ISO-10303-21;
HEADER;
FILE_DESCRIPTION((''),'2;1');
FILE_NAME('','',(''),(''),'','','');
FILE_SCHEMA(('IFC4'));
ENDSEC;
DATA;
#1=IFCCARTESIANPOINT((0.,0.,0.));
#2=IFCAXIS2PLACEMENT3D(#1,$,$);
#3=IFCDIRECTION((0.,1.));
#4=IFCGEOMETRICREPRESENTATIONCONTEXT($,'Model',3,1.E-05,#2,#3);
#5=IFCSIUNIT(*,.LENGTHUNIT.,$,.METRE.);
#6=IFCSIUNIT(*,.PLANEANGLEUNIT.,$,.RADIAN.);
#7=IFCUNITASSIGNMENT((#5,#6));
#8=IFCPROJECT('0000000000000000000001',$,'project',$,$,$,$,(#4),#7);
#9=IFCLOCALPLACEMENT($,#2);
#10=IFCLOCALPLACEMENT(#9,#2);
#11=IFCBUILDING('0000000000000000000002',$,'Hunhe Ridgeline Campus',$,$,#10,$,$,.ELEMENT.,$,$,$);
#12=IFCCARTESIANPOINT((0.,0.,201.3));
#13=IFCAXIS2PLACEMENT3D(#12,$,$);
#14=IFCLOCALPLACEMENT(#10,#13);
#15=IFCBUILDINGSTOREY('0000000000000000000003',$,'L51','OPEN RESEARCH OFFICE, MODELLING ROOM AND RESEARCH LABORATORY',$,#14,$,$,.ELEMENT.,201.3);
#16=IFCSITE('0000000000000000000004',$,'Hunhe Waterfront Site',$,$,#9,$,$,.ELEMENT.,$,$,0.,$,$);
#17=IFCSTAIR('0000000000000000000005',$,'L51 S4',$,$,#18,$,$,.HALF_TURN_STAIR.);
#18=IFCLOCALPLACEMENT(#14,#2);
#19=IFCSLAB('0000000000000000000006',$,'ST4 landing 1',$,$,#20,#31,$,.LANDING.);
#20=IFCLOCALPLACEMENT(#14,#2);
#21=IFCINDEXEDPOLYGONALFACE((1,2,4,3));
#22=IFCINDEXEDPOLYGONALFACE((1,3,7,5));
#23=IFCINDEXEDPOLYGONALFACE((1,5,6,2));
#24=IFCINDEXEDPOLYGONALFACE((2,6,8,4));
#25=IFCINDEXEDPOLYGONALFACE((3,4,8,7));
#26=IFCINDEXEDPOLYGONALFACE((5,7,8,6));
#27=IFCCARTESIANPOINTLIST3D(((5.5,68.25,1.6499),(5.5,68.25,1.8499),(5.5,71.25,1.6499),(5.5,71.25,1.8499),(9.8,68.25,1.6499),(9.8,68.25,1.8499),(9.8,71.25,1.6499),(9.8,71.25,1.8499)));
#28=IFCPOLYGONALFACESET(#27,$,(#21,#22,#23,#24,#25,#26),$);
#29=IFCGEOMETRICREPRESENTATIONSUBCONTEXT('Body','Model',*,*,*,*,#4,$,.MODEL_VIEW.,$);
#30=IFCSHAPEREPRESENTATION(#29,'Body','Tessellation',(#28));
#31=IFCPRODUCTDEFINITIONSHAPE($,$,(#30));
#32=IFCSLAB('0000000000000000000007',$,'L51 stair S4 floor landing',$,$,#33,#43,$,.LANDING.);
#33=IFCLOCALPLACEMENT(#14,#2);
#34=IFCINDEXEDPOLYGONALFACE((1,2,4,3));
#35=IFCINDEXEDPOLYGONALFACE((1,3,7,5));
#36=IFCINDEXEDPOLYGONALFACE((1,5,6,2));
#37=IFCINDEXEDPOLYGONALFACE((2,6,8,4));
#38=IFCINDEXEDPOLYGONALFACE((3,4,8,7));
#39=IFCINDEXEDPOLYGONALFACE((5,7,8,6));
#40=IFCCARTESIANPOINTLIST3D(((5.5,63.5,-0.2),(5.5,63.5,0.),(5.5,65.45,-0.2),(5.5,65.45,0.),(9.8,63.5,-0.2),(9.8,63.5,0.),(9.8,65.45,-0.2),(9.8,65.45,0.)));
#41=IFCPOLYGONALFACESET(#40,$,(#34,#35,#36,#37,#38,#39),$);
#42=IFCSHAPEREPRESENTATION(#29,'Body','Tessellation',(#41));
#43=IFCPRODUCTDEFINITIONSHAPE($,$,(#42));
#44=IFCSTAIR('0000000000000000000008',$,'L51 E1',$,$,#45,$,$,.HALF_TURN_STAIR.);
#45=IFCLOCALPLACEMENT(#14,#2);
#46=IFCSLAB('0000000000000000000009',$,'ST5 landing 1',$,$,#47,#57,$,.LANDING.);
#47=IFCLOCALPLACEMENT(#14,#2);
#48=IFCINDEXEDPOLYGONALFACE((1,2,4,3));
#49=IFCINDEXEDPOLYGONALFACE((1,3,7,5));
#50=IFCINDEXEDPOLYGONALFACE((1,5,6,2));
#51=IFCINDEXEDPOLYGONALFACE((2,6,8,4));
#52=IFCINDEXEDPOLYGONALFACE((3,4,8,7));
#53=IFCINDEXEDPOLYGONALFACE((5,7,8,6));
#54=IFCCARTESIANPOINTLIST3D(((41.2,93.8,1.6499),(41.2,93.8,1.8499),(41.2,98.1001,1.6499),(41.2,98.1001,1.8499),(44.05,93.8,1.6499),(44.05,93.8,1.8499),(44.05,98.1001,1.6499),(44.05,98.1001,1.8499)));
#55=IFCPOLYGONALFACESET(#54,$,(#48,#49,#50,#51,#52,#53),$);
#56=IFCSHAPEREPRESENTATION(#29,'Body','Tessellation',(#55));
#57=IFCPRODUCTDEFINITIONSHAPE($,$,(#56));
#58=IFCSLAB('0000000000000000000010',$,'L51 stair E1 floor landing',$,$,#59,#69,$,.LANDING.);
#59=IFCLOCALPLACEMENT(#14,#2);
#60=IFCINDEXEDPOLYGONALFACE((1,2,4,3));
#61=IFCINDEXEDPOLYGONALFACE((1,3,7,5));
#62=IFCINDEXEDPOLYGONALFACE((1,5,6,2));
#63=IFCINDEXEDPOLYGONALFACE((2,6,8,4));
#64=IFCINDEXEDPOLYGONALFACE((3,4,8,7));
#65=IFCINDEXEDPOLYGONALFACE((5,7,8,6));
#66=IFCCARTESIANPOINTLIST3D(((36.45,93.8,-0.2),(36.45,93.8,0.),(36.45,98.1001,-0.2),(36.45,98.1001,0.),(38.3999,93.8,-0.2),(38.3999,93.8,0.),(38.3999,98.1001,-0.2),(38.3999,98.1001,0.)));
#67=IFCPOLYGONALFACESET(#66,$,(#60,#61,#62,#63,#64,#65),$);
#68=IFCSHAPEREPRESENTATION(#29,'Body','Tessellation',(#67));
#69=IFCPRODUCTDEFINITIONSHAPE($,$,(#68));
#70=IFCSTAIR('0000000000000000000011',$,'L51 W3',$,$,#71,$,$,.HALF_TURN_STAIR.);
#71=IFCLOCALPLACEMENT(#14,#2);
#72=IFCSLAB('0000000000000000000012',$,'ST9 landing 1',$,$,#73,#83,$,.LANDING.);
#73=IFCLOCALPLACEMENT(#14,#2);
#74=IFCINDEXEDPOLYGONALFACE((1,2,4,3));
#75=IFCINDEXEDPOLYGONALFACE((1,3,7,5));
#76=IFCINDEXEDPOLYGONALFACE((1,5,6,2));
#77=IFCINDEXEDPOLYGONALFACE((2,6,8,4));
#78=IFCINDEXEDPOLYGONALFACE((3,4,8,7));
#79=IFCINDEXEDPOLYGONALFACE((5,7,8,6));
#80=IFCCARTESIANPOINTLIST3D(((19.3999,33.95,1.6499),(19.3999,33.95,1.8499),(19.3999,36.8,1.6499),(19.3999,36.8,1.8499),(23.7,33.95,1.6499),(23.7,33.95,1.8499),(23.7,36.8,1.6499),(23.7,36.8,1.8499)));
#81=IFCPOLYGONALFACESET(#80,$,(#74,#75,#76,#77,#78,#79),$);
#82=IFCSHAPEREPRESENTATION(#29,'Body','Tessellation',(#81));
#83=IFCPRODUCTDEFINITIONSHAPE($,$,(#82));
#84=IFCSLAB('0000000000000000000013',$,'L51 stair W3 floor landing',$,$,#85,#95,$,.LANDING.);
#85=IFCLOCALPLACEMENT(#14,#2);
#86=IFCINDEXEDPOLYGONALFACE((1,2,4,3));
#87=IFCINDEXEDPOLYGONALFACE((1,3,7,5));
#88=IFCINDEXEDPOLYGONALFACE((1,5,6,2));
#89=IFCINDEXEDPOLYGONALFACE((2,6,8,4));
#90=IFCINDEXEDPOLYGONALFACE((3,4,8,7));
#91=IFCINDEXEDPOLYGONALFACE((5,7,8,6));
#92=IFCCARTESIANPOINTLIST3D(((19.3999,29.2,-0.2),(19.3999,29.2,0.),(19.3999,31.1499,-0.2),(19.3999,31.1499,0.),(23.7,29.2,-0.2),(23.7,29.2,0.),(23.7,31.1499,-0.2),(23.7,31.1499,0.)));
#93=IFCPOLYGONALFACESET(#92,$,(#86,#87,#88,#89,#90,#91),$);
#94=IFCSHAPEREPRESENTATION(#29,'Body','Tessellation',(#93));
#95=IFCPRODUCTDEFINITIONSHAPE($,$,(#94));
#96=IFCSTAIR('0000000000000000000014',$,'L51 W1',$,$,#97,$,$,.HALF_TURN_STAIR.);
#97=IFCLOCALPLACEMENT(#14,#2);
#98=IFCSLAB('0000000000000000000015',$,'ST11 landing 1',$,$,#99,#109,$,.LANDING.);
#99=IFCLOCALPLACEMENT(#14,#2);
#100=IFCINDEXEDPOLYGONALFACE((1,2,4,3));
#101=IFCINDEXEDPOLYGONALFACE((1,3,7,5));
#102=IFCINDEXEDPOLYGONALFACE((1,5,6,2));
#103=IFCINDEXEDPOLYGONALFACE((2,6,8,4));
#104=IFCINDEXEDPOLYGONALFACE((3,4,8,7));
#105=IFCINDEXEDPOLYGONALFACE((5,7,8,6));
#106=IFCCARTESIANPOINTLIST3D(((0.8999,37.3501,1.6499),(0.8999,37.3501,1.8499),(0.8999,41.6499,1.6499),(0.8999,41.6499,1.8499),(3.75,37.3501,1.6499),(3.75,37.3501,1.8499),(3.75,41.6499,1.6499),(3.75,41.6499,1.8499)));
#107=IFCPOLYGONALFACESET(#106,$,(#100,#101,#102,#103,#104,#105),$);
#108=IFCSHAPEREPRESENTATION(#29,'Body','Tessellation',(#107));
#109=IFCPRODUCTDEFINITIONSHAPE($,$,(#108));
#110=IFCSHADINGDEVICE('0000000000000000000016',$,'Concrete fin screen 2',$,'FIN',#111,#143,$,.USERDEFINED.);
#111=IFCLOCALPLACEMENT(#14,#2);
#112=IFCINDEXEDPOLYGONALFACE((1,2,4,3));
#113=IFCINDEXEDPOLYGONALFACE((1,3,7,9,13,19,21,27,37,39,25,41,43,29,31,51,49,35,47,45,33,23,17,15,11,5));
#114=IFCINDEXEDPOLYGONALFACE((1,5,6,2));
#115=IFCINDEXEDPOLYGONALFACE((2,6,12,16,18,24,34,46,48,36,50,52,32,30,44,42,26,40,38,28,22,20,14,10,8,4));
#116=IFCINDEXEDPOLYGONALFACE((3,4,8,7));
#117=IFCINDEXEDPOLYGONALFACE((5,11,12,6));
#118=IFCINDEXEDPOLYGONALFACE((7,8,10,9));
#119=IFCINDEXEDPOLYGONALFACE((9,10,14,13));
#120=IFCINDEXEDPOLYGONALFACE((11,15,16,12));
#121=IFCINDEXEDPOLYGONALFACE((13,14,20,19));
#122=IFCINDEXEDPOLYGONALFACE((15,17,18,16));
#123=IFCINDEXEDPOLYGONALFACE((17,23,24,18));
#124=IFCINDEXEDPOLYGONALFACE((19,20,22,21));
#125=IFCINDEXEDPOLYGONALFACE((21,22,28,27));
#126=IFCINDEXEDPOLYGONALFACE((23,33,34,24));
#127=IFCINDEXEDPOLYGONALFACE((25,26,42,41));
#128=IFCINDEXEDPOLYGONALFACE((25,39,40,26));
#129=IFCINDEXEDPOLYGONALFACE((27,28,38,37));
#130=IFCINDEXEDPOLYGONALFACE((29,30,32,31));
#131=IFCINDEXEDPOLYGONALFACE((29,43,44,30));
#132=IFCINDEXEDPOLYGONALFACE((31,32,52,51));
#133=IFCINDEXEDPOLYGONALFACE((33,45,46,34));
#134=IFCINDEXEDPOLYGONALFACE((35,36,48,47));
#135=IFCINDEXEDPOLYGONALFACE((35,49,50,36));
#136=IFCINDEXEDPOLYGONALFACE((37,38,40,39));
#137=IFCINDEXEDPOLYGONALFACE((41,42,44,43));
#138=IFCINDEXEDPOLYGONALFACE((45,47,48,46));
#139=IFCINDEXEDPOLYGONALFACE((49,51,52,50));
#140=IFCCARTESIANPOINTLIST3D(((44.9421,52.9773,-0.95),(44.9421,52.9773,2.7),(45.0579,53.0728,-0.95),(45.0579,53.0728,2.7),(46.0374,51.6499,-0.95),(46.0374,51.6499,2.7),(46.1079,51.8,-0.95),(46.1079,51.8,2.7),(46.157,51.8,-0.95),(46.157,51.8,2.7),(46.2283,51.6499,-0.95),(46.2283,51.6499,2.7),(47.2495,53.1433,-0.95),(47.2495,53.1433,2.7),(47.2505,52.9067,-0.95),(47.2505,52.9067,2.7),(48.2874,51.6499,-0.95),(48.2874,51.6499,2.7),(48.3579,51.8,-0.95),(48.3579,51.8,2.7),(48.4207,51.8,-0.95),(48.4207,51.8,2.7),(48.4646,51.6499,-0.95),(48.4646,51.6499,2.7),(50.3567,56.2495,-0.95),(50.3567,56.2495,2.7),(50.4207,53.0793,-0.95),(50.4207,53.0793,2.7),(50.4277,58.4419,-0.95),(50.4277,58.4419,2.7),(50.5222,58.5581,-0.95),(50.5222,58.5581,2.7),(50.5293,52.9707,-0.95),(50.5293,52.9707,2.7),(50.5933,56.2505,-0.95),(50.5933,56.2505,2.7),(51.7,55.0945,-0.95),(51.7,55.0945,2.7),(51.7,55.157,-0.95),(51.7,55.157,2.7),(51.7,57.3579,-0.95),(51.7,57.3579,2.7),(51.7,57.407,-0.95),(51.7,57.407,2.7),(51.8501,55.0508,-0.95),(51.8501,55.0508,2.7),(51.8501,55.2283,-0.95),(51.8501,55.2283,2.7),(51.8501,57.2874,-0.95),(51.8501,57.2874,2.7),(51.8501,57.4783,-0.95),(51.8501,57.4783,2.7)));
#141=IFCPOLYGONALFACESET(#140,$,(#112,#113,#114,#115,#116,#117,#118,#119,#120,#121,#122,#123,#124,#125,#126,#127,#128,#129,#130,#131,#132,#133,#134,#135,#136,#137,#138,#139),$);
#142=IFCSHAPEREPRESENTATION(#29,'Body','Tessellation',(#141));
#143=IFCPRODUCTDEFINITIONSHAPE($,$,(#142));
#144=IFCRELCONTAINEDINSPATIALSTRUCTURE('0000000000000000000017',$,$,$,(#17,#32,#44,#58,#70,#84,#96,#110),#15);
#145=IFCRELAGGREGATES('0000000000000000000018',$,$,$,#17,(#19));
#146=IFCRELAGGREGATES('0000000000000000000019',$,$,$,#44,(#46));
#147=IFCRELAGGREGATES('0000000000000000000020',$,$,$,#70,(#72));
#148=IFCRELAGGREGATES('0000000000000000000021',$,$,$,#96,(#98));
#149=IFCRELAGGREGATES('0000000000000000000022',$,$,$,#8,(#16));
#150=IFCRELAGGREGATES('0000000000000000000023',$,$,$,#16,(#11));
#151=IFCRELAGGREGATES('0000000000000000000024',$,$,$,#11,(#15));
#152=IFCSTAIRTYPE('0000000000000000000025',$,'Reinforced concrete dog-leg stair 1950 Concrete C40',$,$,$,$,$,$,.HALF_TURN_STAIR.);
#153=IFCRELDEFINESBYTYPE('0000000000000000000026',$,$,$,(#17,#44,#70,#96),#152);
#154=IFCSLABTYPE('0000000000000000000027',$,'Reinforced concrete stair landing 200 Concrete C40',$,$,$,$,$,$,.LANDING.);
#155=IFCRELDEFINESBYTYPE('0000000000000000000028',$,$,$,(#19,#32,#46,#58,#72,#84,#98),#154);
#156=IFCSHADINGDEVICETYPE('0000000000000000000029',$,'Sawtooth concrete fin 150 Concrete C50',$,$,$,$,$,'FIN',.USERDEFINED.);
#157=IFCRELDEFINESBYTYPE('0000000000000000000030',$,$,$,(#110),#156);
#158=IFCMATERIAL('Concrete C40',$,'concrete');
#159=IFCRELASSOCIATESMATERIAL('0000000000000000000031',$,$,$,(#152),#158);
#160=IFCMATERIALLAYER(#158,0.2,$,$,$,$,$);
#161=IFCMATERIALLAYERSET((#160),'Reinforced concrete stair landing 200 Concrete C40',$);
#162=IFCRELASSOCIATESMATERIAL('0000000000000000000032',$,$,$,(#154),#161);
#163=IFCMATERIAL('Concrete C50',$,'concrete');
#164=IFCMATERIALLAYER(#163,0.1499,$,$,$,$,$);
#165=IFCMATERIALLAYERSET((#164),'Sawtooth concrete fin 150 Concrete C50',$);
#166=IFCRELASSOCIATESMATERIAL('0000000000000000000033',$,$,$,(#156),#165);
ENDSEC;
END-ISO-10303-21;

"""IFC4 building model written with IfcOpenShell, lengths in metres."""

from ifc_helpers import new_model, si_unit, direction, frame, origin, place, context, subcontext, project, spatial, polyline, outline, extrude, material, layer, layer_set, type_object, element, aggregate, save


model = new_model("IFC4")

# Units and contexts
model_context = context("Model", 3, precision=1e-05, world=origin(), true_north=direction((0.0, 1.0)))
body_context = subcontext(model_context, "Body", "Model", "MODEL_VIEW")
ifc_project = project(units=[si_unit("LENGTHUNIT", "METRE"), si_unit("PLANEANGLEUNIT", "RADIAN")], contexts=[model_context])

# Site, building, storey
site_placement = place(None, origin())
site = spatial("IfcSite", under=ifc_project, at=site_placement, Name="Hunhe Waterfront Site", CompositionType="ELEMENT", RefElevation=0.0)
building_placement = place(site_placement, origin())
building = spatial("IfcBuilding", under=site, at=building_placement, Name="Hunhe Ridgeline Campus", CompositionType="ELEMENT")
storey_placement = place(building_placement, frame((0.0, 0.0, 201.3)))
storey = spatial("IfcBuildingStorey", under=building, at=storey_placement, Name="L51", Description="OPEN RESEARCH OFFICE, MODELLING ROOM AND RESEARCH LABORATORY", CompositionType="ELEMENT", Elevation=201.3)

# Shared definitions
ifc_material_1 = material(Name="Concrete C40", Category="concrete")

# Shared definitions
stair_type = type_object("IfcStairType", Name="Reinforced concrete dog-leg stair 1950 Concrete C40", PredefinedType="HALF_TURN_STAIR", material=ifc_material_1)
ifc_layer_1 = layer(ifc_material_1, 0.2)
ifc_layer_set_1 = layer_set([ifc_layer_1], Name="Reinforced concrete stair landing 200 Concrete C40")
slab_type_1 = type_object("IfcSlabType", Name="Reinforced concrete stair landing 200 Concrete C40", PredefinedType="LANDING", material=ifc_layer_set_1)

# Stair, slab
stair_1_placement = place(storey_placement, origin())
stair_1 = element("IfcStair", 1, at=stair_1_placement, inside=storey, type_object=stair_type, Name="L51 S4", PredefinedType="HALF_TURN_STAIR")
slab_1_placement = place(storey_placement, frame((0.0, 0.0, 1.6499)))
slab_1 = element("IfcSlab", 2, at=slab_1_placement, type_object=slab_type_1, Name="ST4 landing 1", PredefinedType="LANDING", context=body_context, shape_type="SweptSolid", body=[
    extrude(outline(polyline([(9.8, 68.25), (9.8, 71.25), (5.5, 71.25), (5.5, 68.25), (9.8, 68.25)])), origin(), (0.0, 0.0, 1.0), 0.2),
])
aggregate(stair_1, [slab_1])

# Slab
slab_2_placement = place(storey_placement, frame((0.0, 0.0, -0.2)))
element("IfcSlab", 3, at=slab_2_placement, inside=storey, type_object=slab_type_1, Name="L51 stair S4 floor landing", PredefinedType="LANDING", context=body_context, shape_type="SweptSolid", body=[
    extrude(outline(polyline([(9.8, 63.5), (9.8, 65.45), (5.5, 65.45), (5.5, 63.5), (9.8, 63.5)])), origin(), (0.0, 0.0, 1.0), 0.2),
])

# Stair, slab
stair_2_placement = place(storey_placement, origin())
stair_2 = element("IfcStair", 4, at=stair_2_placement, inside=storey, type_object=stair_type, Name="L51 E1", PredefinedType="HALF_TURN_STAIR")
slab_3_placement = place(storey_placement, frame((0.0, 0.0, 1.6499)))
slab_3 = element("IfcSlab", 5, at=slab_3_placement, type_object=slab_type_1, Name="ST5 landing 1", PredefinedType="LANDING", context=body_context, shape_type="SweptSolid", body=[
    extrude(outline(polyline([(41.2, 93.8), (44.05, 93.8), (44.05, 98.1001), (41.2, 98.1001), (41.2, 93.8)])), origin(), (0.0, 0.0, 1.0), 0.2),
])
aggregate(stair_2, [slab_3])

# Slab
slab_4_placement = place(storey_placement, frame((0.0, 0.0, -0.2)))
element("IfcSlab", 6, at=slab_4_placement, inside=storey, type_object=slab_type_1, Name="L51 stair E1 floor landing", PredefinedType="LANDING", context=body_context, shape_type="SweptSolid", body=[
    extrude(outline(polyline([(36.45, 93.8), (38.3999, 93.8), (38.3999, 98.1001), (36.45, 98.1001), (36.45, 93.8)])), origin(), (0.0, 0.0, 1.0), 0.2),
])

# Stair, slab
stair_3_placement = place(storey_placement, origin())
stair_3 = element("IfcStair", 7, at=stair_3_placement, inside=storey, type_object=stair_type, Name="L51 W3", PredefinedType="HALF_TURN_STAIR")
slab_5_placement = place(storey_placement, frame((0.0, 0.0, 1.6499)))
slab_5 = element("IfcSlab", 8, at=slab_5_placement, type_object=slab_type_1, Name="ST9 landing 1", PredefinedType="LANDING", context=body_context, shape_type="SweptSolid", body=[
    extrude(outline(polyline([(23.7, 33.95), (23.7, 36.8), (19.3999, 36.8), (19.3999, 33.95), (23.7, 33.95)])), origin(), (0.0, 0.0, 1.0), 0.2),
])
aggregate(stair_3, [slab_5])

# Slab
slab_6_placement = place(storey_placement, frame((0.0, 0.0, -0.2)))
element("IfcSlab", 9, at=slab_6_placement, inside=storey, type_object=slab_type_1, Name="L51 stair W3 floor landing", PredefinedType="LANDING", context=body_context, shape_type="SweptSolid", body=[
    extrude(outline(polyline([(23.7, 29.2), (23.7, 31.1499), (19.3999, 31.1499), (19.3999, 29.2), (23.7, 29.2)])), origin(), (0.0, 0.0, 1.0), 0.2),
])

# Stair, slab
stair_4_placement = place(storey_placement, origin())
stair_4 = element("IfcStair", 10, at=stair_4_placement, inside=storey, type_object=stair_type, Name="L51 W1", PredefinedType="HALF_TURN_STAIR")
slab_7_placement = place(storey_placement, frame((0.0, 0.0, 1.6499)))
slab_7 = element("IfcSlab", 11, at=slab_7_placement, type_object=slab_type_1, Name="ST11 landing 1", PredefinedType="LANDING", context=body_context, shape_type="SweptSolid", body=[
    extrude(outline(polyline([(3.75, 41.6499), (0.8999, 41.6499), (0.8999, 37.3501), (3.75, 37.3501), (3.75, 41.6499)])), origin(), (0.0, 0.0, 1.0), 0.2),
])
aggregate(stair_4, [slab_7])

# Shading device
ifc_material_2 = material(Name="Concrete C50", Category="concrete")
ifc_layer_2 = layer(ifc_material_2, 0.1499)
ifc_layer_set_2 = layer_set([ifc_layer_2], Name="Sawtooth concrete fin 150 Concrete C50")
shading_device_type = type_object("IfcShadingDeviceType", Name="Sawtooth concrete fin 150 Concrete C50", ElementType="FIN", PredefinedType="USERDEFINED", material=ifc_layer_set_2)
shading_device_1_placement = place(storey_placement, frame((0.0, 0.0, -0.95)))
element("IfcShadingDevice", 12, at=shading_device_1_placement, inside=storey, type_object=shading_device_type, Name="Concrete fin screen 2", ObjectType="FIN", PredefinedType="USERDEFINED", context=body_context, shape_type="SweptSolid", body=[
    extrude(outline(polyline([(45.0579, 53.0728), (44.9421, 52.9773), (46.0374, 51.6499), (46.2283, 51.6499), (47.2505, 52.9067), (48.2874, 51.6499), (48.4646, 51.6499), (50.5293, 52.9707), (51.8501, 55.0508), (51.8501, 55.2283), (50.5933, 56.2505), (51.8501, 57.2874), (51.8501, 57.4783), (50.5222, 58.5581), (50.4277, 58.4419), (51.7, 57.407), (51.7, 57.3579), (50.3567, 56.2495), (51.7, 55.157), (51.7, 55.0945), (50.4207, 53.0793), (48.4207, 51.8), (48.3579, 51.8), (47.2495, 53.1433), (46.157, 51.8), (46.1079, 51.8), (45.0579, 53.0728)])), origin(), (0.0, 0.0, 1.0), 3.6499),
])

save(model, "model.ifc")
